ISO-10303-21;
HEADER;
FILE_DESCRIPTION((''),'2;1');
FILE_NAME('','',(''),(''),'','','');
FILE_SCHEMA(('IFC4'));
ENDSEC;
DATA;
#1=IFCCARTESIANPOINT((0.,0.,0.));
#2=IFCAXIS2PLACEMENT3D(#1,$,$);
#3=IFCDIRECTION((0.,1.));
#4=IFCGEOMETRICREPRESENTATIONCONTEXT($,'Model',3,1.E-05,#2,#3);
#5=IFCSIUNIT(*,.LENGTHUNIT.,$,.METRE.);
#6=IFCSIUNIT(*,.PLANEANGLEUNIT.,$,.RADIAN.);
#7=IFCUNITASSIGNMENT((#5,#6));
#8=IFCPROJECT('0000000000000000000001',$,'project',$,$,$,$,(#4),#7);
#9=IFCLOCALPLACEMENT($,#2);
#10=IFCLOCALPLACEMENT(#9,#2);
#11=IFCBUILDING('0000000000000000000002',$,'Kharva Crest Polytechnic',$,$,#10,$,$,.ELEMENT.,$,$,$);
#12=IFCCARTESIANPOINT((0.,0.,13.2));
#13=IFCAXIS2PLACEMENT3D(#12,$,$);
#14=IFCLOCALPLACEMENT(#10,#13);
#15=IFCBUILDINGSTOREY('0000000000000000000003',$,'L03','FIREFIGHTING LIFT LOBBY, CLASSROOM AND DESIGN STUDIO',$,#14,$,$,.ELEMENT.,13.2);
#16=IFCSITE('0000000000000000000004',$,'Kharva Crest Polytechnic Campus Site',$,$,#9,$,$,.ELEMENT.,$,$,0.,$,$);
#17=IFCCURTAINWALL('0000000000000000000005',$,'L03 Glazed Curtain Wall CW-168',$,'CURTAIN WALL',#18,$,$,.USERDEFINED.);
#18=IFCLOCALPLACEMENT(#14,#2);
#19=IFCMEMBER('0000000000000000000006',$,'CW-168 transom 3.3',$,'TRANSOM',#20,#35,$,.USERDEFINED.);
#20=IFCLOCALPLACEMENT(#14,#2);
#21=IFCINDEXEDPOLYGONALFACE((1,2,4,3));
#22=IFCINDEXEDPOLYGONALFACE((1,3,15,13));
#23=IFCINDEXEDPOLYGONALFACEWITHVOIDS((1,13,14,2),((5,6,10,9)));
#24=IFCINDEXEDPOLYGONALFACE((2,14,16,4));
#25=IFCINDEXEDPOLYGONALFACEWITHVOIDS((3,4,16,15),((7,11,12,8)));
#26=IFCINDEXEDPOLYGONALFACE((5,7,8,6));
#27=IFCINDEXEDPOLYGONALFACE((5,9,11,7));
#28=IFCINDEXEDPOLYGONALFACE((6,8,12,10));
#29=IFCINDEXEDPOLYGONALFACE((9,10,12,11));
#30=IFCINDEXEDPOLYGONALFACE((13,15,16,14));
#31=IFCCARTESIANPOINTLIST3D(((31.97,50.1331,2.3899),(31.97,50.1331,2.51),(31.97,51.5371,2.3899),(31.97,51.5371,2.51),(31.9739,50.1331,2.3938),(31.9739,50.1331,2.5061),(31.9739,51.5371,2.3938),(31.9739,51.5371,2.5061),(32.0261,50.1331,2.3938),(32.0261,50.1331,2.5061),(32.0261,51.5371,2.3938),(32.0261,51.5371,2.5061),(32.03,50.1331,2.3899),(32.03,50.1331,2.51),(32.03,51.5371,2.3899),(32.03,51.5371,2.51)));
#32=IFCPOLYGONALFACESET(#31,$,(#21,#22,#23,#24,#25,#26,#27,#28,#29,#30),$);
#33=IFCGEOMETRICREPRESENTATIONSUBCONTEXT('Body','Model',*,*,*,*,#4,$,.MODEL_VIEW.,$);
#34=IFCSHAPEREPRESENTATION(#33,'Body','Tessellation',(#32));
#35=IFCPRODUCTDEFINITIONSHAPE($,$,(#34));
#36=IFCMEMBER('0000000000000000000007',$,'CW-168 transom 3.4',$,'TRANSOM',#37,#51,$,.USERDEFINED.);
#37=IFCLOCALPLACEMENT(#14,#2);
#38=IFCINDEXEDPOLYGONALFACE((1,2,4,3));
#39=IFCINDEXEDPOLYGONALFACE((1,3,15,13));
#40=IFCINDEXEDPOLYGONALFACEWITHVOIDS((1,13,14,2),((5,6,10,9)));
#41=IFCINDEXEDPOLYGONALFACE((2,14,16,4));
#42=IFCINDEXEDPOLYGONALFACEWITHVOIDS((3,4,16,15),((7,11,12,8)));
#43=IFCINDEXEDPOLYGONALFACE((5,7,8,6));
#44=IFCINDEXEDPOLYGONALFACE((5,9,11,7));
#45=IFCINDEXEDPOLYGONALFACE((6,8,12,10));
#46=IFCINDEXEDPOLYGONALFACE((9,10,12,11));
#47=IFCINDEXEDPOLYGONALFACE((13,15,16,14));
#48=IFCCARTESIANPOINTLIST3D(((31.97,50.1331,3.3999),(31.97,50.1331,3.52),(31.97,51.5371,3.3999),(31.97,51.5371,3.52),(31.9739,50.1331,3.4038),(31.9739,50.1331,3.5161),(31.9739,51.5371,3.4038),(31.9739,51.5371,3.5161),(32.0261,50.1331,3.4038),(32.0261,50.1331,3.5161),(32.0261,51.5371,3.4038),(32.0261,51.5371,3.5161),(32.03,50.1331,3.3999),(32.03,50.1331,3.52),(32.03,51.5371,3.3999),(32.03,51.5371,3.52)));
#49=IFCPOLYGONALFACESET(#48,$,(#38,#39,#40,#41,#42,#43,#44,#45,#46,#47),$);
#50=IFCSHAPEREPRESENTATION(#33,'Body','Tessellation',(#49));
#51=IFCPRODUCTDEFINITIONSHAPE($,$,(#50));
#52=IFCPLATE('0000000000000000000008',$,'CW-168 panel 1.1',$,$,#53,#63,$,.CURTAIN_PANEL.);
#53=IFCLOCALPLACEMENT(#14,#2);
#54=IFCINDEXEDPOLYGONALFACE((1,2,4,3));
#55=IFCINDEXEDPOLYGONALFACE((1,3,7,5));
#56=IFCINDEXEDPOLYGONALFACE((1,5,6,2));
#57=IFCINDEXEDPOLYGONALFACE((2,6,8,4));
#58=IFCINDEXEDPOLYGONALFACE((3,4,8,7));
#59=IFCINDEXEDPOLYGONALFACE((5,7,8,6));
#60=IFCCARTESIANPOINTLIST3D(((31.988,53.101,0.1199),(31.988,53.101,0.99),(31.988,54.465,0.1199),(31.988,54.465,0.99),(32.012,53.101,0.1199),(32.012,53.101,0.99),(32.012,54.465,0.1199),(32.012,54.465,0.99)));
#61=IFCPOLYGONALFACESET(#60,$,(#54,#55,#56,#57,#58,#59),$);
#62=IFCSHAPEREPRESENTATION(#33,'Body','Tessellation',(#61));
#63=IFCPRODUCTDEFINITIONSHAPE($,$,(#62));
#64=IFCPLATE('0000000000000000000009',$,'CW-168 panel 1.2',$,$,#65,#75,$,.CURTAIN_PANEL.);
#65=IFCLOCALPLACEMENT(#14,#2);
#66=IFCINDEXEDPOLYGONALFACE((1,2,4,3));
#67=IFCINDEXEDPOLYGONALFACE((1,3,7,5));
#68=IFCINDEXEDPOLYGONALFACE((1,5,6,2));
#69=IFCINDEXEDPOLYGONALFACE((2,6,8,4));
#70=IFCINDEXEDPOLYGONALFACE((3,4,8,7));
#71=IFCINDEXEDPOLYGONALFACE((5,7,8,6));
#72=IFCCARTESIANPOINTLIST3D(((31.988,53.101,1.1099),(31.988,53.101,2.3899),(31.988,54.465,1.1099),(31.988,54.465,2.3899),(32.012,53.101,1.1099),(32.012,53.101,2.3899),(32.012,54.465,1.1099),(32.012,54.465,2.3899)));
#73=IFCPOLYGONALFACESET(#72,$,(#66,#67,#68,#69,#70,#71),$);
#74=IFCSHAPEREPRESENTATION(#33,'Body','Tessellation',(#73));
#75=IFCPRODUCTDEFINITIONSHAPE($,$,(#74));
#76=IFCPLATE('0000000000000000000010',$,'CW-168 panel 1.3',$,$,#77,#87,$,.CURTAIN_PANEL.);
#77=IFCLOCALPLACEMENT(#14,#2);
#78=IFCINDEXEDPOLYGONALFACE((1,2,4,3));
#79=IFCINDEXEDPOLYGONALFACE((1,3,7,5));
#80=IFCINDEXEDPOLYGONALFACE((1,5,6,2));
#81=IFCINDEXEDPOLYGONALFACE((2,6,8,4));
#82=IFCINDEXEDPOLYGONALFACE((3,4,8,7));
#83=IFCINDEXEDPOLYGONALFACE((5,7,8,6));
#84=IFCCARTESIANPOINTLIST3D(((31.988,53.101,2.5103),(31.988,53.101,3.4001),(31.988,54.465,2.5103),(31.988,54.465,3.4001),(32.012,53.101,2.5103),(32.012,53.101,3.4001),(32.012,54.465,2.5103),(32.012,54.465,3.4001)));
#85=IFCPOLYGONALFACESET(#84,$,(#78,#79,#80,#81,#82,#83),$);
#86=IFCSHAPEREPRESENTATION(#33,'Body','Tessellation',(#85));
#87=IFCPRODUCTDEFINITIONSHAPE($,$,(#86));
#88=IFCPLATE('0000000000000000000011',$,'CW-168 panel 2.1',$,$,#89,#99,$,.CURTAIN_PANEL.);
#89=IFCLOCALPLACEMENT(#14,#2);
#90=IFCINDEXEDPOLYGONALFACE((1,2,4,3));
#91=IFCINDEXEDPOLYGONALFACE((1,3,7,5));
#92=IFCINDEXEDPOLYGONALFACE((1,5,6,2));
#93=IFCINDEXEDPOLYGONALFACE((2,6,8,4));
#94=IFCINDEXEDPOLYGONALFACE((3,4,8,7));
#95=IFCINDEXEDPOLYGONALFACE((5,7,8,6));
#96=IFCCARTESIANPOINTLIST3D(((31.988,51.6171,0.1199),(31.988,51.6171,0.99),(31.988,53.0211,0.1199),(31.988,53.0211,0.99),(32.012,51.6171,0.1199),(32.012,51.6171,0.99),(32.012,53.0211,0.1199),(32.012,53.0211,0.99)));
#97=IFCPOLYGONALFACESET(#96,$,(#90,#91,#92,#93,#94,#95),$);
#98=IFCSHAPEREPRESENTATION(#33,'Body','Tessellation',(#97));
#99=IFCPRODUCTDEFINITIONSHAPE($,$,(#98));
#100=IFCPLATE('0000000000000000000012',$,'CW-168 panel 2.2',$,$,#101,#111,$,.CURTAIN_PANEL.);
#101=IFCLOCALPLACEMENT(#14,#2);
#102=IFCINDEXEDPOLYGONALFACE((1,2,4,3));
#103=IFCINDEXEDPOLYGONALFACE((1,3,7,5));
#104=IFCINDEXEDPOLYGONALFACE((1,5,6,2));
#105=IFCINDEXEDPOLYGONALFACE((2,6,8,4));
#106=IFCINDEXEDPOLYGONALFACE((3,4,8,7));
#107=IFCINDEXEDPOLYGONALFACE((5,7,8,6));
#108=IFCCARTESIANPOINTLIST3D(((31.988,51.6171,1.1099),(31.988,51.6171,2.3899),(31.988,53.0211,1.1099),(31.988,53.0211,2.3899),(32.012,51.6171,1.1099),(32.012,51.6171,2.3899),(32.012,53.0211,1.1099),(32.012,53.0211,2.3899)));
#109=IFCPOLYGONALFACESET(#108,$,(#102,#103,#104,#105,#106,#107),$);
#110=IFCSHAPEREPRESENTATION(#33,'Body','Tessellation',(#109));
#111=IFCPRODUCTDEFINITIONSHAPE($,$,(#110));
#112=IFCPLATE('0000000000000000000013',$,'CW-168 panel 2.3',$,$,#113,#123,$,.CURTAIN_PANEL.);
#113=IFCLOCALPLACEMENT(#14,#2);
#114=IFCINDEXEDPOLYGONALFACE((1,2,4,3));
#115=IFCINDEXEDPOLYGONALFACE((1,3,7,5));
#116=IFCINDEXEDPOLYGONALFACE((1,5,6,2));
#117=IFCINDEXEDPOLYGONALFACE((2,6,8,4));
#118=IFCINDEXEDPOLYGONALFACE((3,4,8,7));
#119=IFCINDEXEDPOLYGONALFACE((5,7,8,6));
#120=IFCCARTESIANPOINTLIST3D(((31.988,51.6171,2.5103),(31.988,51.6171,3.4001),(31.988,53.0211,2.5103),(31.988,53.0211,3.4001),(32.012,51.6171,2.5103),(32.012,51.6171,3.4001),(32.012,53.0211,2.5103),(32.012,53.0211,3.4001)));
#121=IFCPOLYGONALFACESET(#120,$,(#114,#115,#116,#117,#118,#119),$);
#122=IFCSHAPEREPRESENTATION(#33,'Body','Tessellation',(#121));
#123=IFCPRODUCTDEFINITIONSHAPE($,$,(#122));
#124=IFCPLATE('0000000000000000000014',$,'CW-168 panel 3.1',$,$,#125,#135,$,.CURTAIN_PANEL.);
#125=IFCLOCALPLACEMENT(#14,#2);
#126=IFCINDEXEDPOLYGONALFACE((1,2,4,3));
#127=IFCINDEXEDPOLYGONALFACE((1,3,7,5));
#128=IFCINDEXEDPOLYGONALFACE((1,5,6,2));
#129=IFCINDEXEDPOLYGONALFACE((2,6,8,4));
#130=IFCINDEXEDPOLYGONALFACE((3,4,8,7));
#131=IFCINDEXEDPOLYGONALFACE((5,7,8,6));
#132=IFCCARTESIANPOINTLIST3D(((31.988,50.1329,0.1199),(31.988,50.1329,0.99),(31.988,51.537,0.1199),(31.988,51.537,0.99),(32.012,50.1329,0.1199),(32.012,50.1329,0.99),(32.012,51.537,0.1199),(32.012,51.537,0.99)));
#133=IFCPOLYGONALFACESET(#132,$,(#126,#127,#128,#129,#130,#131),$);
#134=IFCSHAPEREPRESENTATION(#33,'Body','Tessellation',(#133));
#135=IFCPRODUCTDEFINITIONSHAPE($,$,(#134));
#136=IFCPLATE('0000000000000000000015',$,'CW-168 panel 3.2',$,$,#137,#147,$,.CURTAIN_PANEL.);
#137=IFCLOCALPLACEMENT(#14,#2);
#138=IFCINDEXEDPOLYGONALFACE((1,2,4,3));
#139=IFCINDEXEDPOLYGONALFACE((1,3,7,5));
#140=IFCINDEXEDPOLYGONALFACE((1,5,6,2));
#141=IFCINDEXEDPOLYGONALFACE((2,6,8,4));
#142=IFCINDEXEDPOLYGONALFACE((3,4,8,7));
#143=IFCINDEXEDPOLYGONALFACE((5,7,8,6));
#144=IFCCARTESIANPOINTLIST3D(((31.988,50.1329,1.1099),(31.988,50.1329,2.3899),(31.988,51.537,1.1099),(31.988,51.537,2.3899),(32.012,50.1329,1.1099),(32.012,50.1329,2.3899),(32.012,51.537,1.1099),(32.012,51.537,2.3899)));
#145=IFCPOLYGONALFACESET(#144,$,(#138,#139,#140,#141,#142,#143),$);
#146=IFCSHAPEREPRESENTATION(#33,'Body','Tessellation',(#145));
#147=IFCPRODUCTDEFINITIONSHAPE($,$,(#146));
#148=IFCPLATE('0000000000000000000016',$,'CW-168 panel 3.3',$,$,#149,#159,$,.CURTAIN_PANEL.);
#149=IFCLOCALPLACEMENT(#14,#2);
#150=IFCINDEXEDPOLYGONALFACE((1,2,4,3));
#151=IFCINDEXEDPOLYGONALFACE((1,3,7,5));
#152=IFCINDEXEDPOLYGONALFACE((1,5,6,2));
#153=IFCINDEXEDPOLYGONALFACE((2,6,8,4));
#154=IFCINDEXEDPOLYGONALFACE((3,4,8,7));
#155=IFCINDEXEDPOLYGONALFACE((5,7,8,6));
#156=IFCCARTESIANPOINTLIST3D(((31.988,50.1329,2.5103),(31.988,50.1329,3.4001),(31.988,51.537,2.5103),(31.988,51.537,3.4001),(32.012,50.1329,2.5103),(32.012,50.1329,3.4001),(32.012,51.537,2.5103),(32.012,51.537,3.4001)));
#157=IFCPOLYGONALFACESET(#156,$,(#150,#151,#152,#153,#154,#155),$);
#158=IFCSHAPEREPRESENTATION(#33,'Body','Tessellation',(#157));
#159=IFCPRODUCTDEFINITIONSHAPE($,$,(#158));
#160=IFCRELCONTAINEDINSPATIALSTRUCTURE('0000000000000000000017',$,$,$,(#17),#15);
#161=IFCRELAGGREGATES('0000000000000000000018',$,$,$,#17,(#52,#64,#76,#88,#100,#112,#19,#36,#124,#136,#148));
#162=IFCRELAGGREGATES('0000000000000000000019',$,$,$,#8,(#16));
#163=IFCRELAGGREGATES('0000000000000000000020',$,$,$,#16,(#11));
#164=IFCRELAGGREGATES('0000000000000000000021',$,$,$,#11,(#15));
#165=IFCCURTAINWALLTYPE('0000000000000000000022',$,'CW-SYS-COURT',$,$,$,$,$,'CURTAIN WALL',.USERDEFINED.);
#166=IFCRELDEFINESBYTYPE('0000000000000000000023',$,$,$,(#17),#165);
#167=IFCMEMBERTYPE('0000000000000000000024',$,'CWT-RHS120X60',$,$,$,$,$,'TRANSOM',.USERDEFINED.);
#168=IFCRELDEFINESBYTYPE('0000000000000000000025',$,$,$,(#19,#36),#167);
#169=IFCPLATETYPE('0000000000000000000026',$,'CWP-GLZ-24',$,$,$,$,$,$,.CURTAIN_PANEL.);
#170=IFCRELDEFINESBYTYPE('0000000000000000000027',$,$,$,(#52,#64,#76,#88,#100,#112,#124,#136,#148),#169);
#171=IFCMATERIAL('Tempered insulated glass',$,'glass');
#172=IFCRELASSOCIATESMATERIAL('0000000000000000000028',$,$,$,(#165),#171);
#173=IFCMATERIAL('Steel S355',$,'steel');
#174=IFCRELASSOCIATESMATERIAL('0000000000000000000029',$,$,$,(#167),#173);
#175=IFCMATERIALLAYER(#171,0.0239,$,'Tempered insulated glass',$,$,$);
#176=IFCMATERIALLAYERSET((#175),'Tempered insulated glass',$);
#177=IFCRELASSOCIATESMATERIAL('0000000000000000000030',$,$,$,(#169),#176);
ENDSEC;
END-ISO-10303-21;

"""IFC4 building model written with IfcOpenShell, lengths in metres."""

from ifc_helpers import new_model, si_unit, direction, frame, origin, origin_2d, place, context, subcontext, project, spatial, rectangle, hollow_rectangle, extrude, material, layer, layer_set, material_profile, profile_set, type_object, element, aggregate, save


model = new_model("IFC4")

# Units and contexts
model_context = context("Model", 3, precision=1e-05, world=origin(), true_north=direction((0.0, 1.0)))
body_context = subcontext(model_context, "Body", "Model", "MODEL_VIEW")
ifc_project = project(units=[si_unit("LENGTHUNIT", "METRE"), si_unit("PLANEANGLEUNIT", "RADIAN")], contexts=[model_context])

# Site, building, storey
site_placement = place(None, origin())
site = spatial("IfcSite", under=ifc_project, at=site_placement, Name="Kharva Crest Polytechnic Campus Site", CompositionType="ELEMENT", RefElevation=0.0)
building_placement = place(site_placement, origin())
building = spatial("IfcBuilding", under=site, at=building_placement, Name="Kharva Crest Polytechnic", CompositionType="ELEMENT")
storey_placement = place(building_placement, frame((0.0, 0.0, 13.2)))
storey = spatial("IfcBuildingStorey", under=building, at=storey_placement, Name="L03", Description="FIREFIGHTING LIFT LOBBY, CLASSROOM AND DESIGN STUDIO", CompositionType="ELEMENT", Elevation=13.2)

# Curtain wall, members, plates
ifc_material_1 = material(Name="Tempered insulated glass", Category="glass")
curtain_wall_type = type_object("IfcCurtainWallType", Name="CW-SYS-COURT", ElementType="CURTAIN WALL", PredefinedType="USERDEFINED", material=ifc_material_1)
curtain_wall_placement = place(storey_placement, origin())
curtain_wall = element("IfcCurtainWall", 1, at=curtain_wall_placement, inside=storey, type_object=curtain_wall_type, Name="L03 Glazed Curtain Wall CW-168", ObjectType="CURTAIN WALL", PredefinedType="USERDEFINED")
ifc_material_2 = material(Name="Steel S355", Category="steel")
ifc_material_profile_1 = material_profile(ifc_material_2, hollow_rectangle(XDim=0.0601, YDim=0.1201, WallThickness=0.0039, at=origin_2d()), Name="RHS 120X60X4.0")
ifc_profile_set_1 = profile_set([ifc_material_profile_1], Name="Steel S355")
member_type_1 = type_object("IfcMemberType", Name="CWT-RHS120X60", ElementType="TRANSOM", PredefinedType="USERDEFINED", material=ifc_profile_set_1)
member_1_placement = place(storey_placement, frame((32.0, 51.5371, 2.45), z_axis=(0.0, -1.0, 0.0), x_axis=(1.0, 0.0, 0.0)))
member_1 = element("IfcMember", 2, at=member_1_placement, type_object=member_type_1, Name="CW-168 transom 3.3", ObjectType="TRANSOM", PredefinedType="USERDEFINED", context=body_context, shape_type="SweptSolid", body=[
    extrude(hollow_rectangle(XDim=0.0601, YDim=0.1201, WallThickness=0.0039, at=origin_2d()), origin(), (0.0, 0.0, 1.0), 1.4041),
])
member_2_placement = place(storey_placement, frame((32.0, 51.5371, 3.46), z_axis=(0.0, -1.0, 0.0), x_axis=(1.0, 0.0, 0.0)))
member_2 = element("IfcMember", 3, at=member_2_placement, type_object=member_type_1, Name="CW-168 transom 3.4", ObjectType="TRANSOM", PredefinedType="USERDEFINED", context=body_context, shape_type="SweptSolid", body=[
    extrude(hollow_rectangle(XDim=0.0601, YDim=0.1201, WallThickness=0.0039, at=origin_2d()), origin(), (0.0, 0.0, 1.0), 1.4041),
])
ifc_layer = layer(ifc_material_1, 0.0239, Name="Tempered insulated glass")
ifc_layer_set = layer_set([ifc_layer], Name="Tempered insulated glass")
plate_type = type_object("IfcPlateType", Name="CWP-GLZ-24", PredefinedType="CURTAIN_PANEL", material=ifc_layer_set)
plate_1_placement = place(storey_placement, frame((32.0, 53.783, 0.1199), z_axis=(0.0, 0.0, 1.0), x_axis=(0.0, -1.0, 0.0)))
plate_1 = element("IfcPlate", 4, at=plate_1_placement, type_object=plate_type, Name="CW-168 panel 1.1", PredefinedType="CURTAIN_PANEL", context=body_context, shape_type="SweptSolid", body=[
    extrude(rectangle(XDim=1.364, YDim=0.0239, at=origin_2d()), origin(), (0.0, 0.0, 1.0), 0.8701),
])
plate_2_placement = place(storey_placement, frame((32.0, 53.783, 1.1099), z_axis=(0.0, 0.0, 1.0), x_axis=(0.0, -1.0, 0.0)))
plate_2 = element("IfcPlate", 5, at=plate_2_placement, type_object=plate_type, Name="CW-168 panel 1.2", PredefinedType="CURTAIN_PANEL", context=body_context, shape_type="SweptSolid", body=[
    extrude(rectangle(XDim=1.364, YDim=0.0239, at=origin_2d()), origin(), (0.0, 0.0, 1.0), 1.28),
])
plate_3_placement = place(storey_placement, frame((32.0, 53.783, 2.5103), z_axis=(0.0, 0.0, 1.0), x_axis=(0.0, -1.0, 0.0)))
plate_3 = element("IfcPlate", 6, at=plate_3_placement, type_object=plate_type, Name="CW-168 panel 1.3", PredefinedType="CURTAIN_PANEL", context=body_context, shape_type="SweptSolid", body=[
    extrude(rectangle(XDim=1.364, YDim=0.0239, at=origin_2d()), origin(), (0.0, 0.0, 1.0), 0.8899),
])
plate_4_placement = place(storey_placement, frame((32.0, 52.3191, 0.1199), z_axis=(0.0, 0.0, 1.0), x_axis=(0.0, -1.0, 0.0)))
plate_4 = element("IfcPlate", 7, at=plate_4_placement, type_object=plate_type, Name="CW-168 panel 2.1", PredefinedType="CURTAIN_PANEL", context=body_context, shape_type="SweptSolid", body=[
    extrude(rectangle(XDim=1.4041, YDim=0.0239, at=origin_2d()), origin(), (0.0, 0.0, 1.0), 0.8701),
])
plate_5_placement = place(storey_placement, frame((32.0, 52.3191, 1.1099), z_axis=(0.0, 0.0, 1.0), x_axis=(0.0, -1.0, 0.0)))
plate_5 = element("IfcPlate", 8, at=plate_5_placement, type_object=plate_type, Name="CW-168 panel 2.2", PredefinedType="CURTAIN_PANEL", context=body_context, shape_type="SweptSolid", body=[
    extrude(rectangle(XDim=1.4041, YDim=0.0239, at=origin_2d()), origin(), (0.0, 0.0, 1.0), 1.28),
])
plate_6_placement = place(storey_placement, frame((32.0, 52.3191, 2.5103), z_axis=(0.0, 0.0, 1.0), x_axis=(0.0, -1.0, 0.0)))
plate_6 = element("IfcPlate", 9, at=plate_6_placement, type_object=plate_type, Name="CW-168 panel 2.3", PredefinedType="CURTAIN_PANEL", context=body_context, shape_type="SweptSolid", body=[
    extrude(rectangle(XDim=1.4041, YDim=0.0239, at=origin_2d()), origin(), (0.0, 0.0, 1.0), 0.8899),
])
plate_7_placement = place(storey_placement, frame((32.0, 50.835, 0.1199), z_axis=(0.0, 0.0, 1.0), x_axis=(0.0, -1.0, 0.0)))
plate_7 = element("IfcPlate", 10, at=plate_7_placement, type_object=plate_type, Name="CW-168 panel 3.1", PredefinedType="CURTAIN_PANEL", context=body_context, shape_type="SweptSolid", body=[
    extrude(rectangle(XDim=1.4041, YDim=0.0239, at=origin_2d()), origin(), (0.0, 0.0, 1.0), 0.8701),
])
plate_8_placement = place(storey_placement, frame((32.0, 50.835, 1.1099), z_axis=(0.0, 0.0, 1.0), x_axis=(0.0, -1.0, 0.0)))
plate_8 = element("IfcPlate", 11, at=plate_8_placement, type_object=plate_type, Name="CW-168 panel 3.2", PredefinedType="CURTAIN_PANEL", context=body_context, shape_type="SweptSolid", body=[
    extrude(rectangle(XDim=1.4041, YDim=0.0239, at=origin_2d()), origin(), (0.0, 0.0, 1.0), 1.28),
])
plate_9_placement = place(storey_placement, frame((32.0, 50.835, 2.5103), z_axis=(0.0, 0.0, 1.0), x_axis=(0.0, -1.0, 0.0)))
plate_9 = element("IfcPlate", 12, at=plate_9_placement, type_object=plate_type, Name="CW-168 panel 3.3", PredefinedType="CURTAIN_PANEL", context=body_context, shape_type="SweptSolid", body=[
    extrude(rectangle(XDim=1.4041, YDim=0.0239, at=origin_2d()), origin(), (0.0, 0.0, 1.0), 0.8899),
])
aggregate(curtain_wall, [plate_1, plate_2, plate_3, plate_4, plate_5, plate_6, member_1, member_2, plate_7, plate_8, plate_9])

save(model, "model.ifc")
